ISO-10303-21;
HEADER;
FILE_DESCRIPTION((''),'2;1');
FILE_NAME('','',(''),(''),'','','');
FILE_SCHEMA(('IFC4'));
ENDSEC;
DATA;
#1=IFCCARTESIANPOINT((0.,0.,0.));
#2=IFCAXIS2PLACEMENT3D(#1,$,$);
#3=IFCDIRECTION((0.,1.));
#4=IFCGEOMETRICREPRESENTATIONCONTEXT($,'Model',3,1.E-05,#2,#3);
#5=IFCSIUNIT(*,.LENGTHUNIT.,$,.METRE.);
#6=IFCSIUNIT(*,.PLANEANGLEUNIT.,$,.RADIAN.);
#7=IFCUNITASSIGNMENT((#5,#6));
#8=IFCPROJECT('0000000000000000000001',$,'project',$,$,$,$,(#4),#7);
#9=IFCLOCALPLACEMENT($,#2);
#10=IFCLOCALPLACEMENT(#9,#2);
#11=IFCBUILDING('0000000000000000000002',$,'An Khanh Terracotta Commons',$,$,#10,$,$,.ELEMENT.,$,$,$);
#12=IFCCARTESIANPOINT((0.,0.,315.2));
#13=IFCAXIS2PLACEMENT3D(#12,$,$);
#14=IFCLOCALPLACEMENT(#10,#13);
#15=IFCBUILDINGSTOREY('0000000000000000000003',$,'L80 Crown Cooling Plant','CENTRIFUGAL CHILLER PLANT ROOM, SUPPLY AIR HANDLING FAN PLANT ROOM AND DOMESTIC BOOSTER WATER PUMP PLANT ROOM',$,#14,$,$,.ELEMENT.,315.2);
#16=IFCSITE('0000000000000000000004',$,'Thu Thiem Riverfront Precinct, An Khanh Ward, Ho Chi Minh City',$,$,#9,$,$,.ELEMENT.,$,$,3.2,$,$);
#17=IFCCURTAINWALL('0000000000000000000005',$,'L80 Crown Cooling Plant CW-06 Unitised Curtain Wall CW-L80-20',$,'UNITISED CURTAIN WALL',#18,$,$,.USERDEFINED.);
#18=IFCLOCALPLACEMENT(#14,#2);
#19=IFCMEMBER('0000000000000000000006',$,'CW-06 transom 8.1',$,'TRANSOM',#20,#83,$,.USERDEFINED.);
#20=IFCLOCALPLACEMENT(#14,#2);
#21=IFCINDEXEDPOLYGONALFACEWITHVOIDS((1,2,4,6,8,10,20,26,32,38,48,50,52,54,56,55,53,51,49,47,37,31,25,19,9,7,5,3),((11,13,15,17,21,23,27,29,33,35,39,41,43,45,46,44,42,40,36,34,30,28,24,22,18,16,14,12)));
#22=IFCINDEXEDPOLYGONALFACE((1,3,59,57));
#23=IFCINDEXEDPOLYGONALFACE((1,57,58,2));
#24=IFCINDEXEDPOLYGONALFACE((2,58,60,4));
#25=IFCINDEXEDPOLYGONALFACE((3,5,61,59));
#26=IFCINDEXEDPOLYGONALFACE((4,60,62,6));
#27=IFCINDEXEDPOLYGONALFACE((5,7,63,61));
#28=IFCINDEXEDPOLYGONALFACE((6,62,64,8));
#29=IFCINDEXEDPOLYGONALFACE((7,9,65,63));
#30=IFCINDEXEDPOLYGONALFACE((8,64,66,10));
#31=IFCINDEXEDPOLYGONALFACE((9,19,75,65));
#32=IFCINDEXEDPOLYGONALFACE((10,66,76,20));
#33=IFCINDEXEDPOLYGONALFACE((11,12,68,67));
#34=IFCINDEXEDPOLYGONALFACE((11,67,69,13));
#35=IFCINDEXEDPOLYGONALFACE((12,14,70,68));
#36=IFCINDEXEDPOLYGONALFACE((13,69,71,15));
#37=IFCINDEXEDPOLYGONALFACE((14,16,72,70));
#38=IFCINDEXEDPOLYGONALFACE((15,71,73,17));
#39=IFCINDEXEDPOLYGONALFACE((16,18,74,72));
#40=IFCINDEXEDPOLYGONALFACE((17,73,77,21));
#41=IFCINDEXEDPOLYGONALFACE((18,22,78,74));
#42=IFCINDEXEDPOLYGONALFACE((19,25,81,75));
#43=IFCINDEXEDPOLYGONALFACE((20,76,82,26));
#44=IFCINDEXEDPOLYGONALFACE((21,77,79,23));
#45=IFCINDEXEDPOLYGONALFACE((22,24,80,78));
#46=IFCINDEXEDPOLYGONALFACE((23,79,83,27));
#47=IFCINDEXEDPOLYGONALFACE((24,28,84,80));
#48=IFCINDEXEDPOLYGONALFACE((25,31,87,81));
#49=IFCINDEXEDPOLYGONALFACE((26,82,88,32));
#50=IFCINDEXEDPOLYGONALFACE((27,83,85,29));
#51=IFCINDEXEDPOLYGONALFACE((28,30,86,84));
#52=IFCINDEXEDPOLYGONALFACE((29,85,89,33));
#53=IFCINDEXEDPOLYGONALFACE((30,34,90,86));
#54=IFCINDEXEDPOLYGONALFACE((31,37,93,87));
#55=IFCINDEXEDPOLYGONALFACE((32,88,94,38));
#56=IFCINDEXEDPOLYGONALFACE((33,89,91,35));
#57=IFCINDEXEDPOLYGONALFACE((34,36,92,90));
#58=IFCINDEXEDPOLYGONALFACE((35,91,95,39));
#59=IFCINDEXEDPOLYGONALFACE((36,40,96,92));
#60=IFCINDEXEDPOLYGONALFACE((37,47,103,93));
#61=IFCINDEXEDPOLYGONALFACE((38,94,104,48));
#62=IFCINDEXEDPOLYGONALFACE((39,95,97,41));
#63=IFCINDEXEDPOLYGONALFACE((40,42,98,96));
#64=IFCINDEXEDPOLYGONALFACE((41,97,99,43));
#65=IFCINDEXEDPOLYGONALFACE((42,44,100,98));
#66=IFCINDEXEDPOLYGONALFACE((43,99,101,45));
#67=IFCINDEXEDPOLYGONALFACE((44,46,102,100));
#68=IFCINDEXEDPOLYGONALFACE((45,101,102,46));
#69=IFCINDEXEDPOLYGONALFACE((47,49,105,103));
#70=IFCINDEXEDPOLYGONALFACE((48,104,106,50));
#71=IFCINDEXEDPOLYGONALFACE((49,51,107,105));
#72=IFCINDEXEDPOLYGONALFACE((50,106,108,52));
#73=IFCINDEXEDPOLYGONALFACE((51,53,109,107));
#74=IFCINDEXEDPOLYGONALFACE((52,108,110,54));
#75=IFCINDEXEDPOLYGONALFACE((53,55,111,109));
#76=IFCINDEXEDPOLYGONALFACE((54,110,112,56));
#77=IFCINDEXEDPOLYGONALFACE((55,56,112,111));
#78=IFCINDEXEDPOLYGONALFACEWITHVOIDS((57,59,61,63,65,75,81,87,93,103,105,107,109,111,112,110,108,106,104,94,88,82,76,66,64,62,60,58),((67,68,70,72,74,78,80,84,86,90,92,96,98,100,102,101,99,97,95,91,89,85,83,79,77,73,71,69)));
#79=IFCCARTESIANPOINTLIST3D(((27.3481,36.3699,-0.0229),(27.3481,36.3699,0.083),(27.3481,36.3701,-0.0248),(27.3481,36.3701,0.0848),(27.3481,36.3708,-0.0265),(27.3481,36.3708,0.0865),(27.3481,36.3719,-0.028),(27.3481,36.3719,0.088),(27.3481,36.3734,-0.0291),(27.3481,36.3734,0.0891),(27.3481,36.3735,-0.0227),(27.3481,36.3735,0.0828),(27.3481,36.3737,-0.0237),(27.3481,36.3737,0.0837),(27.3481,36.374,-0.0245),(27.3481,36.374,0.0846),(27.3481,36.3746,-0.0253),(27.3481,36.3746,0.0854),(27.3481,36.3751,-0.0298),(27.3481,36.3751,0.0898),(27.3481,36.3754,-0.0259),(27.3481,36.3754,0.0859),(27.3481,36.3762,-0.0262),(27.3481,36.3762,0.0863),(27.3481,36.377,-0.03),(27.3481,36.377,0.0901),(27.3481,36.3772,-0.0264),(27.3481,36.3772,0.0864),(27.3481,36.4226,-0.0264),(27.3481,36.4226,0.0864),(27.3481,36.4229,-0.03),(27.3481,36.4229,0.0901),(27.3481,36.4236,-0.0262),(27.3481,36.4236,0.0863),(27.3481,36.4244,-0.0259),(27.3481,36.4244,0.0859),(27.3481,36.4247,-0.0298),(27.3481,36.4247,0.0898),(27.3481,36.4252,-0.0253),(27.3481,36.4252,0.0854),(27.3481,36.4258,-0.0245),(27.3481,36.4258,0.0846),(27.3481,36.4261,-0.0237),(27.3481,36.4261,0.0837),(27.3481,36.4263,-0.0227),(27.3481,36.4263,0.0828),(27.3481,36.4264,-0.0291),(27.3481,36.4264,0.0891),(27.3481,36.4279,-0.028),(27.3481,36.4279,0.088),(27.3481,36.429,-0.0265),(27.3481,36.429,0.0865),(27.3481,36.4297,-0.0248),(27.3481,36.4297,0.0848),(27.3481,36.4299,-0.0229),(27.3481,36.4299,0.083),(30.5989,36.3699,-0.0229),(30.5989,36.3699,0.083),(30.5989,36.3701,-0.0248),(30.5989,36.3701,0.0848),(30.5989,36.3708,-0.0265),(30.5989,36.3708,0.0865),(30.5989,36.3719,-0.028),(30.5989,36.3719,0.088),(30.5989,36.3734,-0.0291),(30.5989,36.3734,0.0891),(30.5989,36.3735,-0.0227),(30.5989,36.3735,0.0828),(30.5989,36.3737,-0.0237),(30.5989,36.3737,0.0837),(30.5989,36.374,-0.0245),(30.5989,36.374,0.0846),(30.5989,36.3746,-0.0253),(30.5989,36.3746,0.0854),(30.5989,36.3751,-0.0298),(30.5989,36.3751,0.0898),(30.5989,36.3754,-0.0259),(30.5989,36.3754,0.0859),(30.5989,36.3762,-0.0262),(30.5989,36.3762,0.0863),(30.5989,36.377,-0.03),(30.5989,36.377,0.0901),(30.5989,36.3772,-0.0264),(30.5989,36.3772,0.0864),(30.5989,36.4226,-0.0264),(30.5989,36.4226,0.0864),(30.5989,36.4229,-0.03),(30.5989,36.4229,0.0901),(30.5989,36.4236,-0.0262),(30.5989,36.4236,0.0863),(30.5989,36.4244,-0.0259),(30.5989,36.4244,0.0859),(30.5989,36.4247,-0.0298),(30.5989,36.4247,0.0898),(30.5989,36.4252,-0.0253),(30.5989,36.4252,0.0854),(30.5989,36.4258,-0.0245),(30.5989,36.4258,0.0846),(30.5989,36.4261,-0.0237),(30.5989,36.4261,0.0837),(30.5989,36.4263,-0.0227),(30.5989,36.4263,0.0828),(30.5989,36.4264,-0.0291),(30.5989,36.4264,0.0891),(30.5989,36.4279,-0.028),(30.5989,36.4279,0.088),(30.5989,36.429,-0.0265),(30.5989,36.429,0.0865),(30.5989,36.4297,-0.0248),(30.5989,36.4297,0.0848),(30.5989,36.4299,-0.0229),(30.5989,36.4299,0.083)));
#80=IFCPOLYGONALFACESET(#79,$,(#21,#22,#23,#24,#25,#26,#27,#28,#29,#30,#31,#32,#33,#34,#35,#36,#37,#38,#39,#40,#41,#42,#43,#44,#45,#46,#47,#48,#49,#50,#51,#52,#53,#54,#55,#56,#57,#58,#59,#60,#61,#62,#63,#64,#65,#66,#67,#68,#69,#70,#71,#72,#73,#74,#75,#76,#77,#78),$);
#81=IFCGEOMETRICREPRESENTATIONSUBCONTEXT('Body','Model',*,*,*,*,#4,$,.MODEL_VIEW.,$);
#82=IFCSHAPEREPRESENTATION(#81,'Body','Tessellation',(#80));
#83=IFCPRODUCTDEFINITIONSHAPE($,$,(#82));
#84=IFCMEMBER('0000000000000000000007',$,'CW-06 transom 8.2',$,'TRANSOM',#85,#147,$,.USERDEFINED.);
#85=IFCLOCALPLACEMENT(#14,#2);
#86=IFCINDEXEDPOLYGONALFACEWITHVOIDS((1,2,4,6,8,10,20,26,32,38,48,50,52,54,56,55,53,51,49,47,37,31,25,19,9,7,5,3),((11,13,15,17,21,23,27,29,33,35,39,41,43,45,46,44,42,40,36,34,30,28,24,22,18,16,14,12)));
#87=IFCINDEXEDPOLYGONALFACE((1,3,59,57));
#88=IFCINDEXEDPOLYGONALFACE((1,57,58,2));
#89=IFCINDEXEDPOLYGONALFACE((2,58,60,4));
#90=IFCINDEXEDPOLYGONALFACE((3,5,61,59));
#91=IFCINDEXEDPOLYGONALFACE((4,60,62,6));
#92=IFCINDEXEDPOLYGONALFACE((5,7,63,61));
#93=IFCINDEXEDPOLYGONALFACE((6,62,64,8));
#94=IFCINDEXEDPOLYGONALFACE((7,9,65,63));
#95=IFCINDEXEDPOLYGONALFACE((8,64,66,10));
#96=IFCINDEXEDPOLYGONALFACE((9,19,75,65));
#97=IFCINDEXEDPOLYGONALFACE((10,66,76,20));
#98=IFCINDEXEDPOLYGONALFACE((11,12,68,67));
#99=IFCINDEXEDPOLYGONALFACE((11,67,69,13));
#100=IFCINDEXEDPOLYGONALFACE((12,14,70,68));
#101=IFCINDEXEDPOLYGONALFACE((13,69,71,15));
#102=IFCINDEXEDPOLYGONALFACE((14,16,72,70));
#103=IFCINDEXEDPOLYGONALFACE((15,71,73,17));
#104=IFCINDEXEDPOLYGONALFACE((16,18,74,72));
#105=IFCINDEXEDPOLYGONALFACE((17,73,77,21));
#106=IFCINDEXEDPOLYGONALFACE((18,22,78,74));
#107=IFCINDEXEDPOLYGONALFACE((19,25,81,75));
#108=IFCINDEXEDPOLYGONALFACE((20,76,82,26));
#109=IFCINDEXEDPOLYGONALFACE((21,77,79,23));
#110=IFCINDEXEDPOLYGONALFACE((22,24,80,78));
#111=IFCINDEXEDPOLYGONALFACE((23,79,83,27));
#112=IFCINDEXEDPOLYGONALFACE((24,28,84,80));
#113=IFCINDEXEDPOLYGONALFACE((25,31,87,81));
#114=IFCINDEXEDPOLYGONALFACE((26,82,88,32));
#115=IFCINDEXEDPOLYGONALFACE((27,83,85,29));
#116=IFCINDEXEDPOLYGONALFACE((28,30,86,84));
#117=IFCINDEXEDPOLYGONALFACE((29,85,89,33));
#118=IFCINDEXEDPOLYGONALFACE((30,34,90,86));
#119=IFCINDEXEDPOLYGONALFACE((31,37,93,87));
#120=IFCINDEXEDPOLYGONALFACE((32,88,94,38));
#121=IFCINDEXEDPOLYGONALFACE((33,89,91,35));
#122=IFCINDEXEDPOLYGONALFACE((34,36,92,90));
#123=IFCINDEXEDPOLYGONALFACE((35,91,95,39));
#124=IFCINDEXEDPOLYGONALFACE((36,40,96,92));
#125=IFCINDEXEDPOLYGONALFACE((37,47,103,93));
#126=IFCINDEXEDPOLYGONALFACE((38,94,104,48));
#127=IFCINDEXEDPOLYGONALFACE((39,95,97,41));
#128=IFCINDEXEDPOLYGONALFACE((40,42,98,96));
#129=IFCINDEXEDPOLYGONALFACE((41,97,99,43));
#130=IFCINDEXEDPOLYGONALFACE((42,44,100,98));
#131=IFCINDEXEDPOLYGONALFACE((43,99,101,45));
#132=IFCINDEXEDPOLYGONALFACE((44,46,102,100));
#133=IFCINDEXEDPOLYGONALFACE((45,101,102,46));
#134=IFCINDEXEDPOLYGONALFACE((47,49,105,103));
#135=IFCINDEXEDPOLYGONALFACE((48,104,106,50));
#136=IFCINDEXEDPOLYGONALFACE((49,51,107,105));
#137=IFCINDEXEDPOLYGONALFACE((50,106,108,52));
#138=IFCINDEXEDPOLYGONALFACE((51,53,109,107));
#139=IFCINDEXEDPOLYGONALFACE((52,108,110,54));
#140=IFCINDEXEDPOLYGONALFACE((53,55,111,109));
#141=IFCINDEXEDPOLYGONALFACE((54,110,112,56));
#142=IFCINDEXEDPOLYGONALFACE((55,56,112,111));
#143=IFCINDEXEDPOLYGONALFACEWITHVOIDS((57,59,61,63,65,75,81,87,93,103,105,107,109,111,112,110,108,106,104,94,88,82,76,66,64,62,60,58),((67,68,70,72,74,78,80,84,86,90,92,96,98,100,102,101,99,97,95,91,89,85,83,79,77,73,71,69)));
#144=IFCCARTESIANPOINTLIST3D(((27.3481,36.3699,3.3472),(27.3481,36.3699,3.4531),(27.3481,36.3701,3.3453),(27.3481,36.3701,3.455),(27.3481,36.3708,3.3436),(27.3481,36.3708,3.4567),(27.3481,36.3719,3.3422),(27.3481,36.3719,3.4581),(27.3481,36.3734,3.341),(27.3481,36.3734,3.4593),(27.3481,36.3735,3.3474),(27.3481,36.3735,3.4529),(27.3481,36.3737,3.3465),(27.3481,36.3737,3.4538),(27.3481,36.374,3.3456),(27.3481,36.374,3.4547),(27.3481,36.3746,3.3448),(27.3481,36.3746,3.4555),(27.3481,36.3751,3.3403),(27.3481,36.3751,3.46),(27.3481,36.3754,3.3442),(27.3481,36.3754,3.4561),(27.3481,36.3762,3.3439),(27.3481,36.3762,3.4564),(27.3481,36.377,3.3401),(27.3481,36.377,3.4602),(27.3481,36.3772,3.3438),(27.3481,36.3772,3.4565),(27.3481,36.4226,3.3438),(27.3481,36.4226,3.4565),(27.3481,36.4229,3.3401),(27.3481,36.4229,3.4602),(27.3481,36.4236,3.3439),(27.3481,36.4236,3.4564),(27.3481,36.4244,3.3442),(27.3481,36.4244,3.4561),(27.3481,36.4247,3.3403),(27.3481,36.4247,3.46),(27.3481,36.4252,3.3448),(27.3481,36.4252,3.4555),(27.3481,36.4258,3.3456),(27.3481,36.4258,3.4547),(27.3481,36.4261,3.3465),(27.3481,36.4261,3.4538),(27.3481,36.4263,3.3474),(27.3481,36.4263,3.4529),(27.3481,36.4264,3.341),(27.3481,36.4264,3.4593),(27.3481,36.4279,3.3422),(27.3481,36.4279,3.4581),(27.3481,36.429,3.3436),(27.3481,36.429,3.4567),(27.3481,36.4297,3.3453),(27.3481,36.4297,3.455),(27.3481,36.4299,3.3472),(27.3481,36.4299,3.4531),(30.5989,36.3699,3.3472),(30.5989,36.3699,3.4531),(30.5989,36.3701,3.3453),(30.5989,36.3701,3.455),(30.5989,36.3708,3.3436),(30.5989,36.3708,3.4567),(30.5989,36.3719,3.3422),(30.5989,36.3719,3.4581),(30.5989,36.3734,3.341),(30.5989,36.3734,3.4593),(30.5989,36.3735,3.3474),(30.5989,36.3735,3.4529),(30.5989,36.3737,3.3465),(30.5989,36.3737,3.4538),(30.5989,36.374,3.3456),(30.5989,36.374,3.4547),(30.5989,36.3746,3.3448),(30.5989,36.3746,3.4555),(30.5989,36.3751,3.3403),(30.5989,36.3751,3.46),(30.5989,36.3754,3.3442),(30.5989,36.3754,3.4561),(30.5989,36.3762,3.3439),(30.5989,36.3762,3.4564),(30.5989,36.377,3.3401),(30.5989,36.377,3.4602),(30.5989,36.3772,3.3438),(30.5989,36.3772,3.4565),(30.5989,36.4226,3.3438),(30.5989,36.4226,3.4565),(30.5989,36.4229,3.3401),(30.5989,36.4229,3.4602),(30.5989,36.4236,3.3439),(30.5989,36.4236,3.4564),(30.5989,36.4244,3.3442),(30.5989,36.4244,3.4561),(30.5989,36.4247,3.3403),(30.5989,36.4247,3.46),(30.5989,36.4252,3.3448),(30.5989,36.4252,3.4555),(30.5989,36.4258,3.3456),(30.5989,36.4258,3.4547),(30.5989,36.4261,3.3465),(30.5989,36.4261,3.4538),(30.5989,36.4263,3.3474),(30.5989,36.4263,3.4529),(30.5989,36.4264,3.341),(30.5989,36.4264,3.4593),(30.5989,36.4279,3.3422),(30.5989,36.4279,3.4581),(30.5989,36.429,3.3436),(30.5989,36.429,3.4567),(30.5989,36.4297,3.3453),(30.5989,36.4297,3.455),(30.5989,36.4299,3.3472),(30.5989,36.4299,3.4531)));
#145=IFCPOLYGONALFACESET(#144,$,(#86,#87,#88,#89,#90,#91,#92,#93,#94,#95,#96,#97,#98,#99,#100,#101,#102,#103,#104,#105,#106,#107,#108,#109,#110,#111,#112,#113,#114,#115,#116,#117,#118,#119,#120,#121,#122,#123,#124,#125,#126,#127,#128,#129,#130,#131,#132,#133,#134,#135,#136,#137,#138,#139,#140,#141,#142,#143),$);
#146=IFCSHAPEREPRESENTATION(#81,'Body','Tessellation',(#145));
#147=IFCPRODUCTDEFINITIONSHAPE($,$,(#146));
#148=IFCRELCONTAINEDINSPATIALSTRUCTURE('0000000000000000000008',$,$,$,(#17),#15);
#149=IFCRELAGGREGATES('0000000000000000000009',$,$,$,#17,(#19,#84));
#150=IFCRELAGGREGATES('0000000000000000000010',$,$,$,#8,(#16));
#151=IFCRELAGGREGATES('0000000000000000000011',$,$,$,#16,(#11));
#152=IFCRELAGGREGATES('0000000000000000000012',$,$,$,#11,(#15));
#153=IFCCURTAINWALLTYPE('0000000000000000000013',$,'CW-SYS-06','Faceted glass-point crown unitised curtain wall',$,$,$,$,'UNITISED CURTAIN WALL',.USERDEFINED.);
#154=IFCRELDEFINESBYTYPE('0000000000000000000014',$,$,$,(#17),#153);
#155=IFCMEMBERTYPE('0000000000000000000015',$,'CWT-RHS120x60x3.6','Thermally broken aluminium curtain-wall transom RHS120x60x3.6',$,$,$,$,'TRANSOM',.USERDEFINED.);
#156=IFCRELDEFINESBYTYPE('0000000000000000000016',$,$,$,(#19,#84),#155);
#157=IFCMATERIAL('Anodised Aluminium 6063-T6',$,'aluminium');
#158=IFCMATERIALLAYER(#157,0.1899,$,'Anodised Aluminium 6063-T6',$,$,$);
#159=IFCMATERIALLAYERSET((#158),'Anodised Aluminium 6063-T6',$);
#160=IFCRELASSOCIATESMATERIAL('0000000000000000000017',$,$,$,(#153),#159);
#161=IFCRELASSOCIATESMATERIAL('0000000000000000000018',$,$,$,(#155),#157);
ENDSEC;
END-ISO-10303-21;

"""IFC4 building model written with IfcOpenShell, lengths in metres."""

from ifc_helpers import new_model, si_unit, direction, frame, origin, origin_2d, place, context, subcontext, project, spatial, hollow_rectangle, extrude, material, layer, layer_set, material_profile, profile_set, type_object, element, aggregate, save


model = new_model("IFC4")

# Units and contexts
model_context = context("Model", 3, precision=1e-05, world=origin(), true_north=direction((0.0, 1.0)))
body_context = subcontext(model_context, "Body", "Model", "MODEL_VIEW")
ifc_project = project(units=[si_unit("LENGTHUNIT", "METRE"), si_unit("PLANEANGLEUNIT", "RADIAN")], contexts=[model_context])

# Site, building, storey
site_placement = place(None, origin())
site = spatial("IfcSite", under=ifc_project, at=site_placement, Name="Thu Thiem Riverfront Precinct, An Khanh Ward, Ho Chi Minh City", CompositionType="ELEMENT", RefElevation=3.2)
building_placement = place(site_placement, origin())
building = spatial("IfcBuilding", under=site, at=building_placement, Name="An Khanh Terracotta Commons", CompositionType="ELEMENT")
storey_placement = place(building_placement, frame((0.0, 0.0, 315.2)))
storey = spatial("IfcBuildingStorey", under=building, at=storey_placement, Name="L80 Crown Cooling Plant", Description="CENTRIFUGAL CHILLER PLANT ROOM, SUPPLY AIR HANDLING FAN PLANT ROOM AND DOMESTIC BOOSTER WATER PUMP PLANT ROOM", CompositionType="ELEMENT", Elevation=315.2)

# Curtain wall, members
ifc_material_1 = material(Name="Anodised Aluminium 6063-T6", Category="aluminium")
ifc_layer_1 = layer(ifc_material_1, 0.1899, Name="Anodised Aluminium 6063-T6")
ifc_layer_set_1 = layer_set([ifc_layer_1], Name="Anodised Aluminium 6063-T6")
curtain_wall_type = type_object("IfcCurtainWallType", Name="CW-SYS-06", Description="Faceted glass-point crown unitised curtain wall", ElementType="UNITISED CURTAIN WALL", PredefinedType="USERDEFINED", material=ifc_layer_set_1)
curtain_wall_placement = place(storey_placement, origin())
curtain_wall = element("IfcCurtainWall", 1, at=curtain_wall_placement, inside=storey, type_object=curtain_wall_type, Name="L80 Crown Cooling Plant CW-06 Unitised Curtain Wall CW-L80-20", ObjectType="UNITISED CURTAIN WALL", PredefinedType="USERDEFINED")
ifc_material_profile_1 = material_profile(ifc_material_1, hollow_rectangle(XDim=0.0601, YDim=0.1201, WallThickness=0.0037, InnerFilletRadius=0.0037, OuterFilletRadius=0.0071, at=origin_2d()), Name="RHS120x60x3.6")
ifc_profile_set_1 = profile_set([ifc_material_profile_1], Name="Anodised Aluminium 6063-T6")
member_type_1 = type_object("IfcMemberType", Name="CWT-RHS120x60x3.6", Description="Thermally broken aluminium curtain-wall transom RHS120x60x3.6", ElementType="TRANSOM", PredefinedType="USERDEFINED", material=ifc_profile_set_1)
member_1_placement = place(storey_placement, frame((30.5989, 36.3999, 0.03), z_axis=(-1.0, 0.0, 0.0), x_axis=(0.0, -1.0, 0.0)))
member_1 = element("IfcMember", 2, at=member_1_placement, type_object=member_type_1, Name="CW-06 transom 8.1", ObjectType="TRANSOM", PredefinedType="USERDEFINED", context=body_context, shape_type="SweptSolid", body=[
    extrude(hollow_rectangle(XDim=0.0601, YDim=0.1201, WallThickness=0.0037, InnerFilletRadius=0.0037, OuterFilletRadius=0.0071, at=origin_2d()), origin(), (0.0, 0.0, 1.0), 3.2507),
])
member_2_placement = place(storey_placement, frame((30.5989, 36.3999, 3.4001), z_axis=(-1.0, 0.0, 0.0), x_axis=(0.0, -1.0, 0.0)))
member_2 = element("IfcMember", 3, at=member_2_placement, type_object=member_type_1, Name="CW-06 transom 8.2", ObjectType="TRANSOM", PredefinedType="USERDEFINED", context=body_context, shape_type="SweptSolid", body=[
    extrude(hollow_rectangle(XDim=0.0601, YDim=0.1201, WallThickness=0.0037, InnerFilletRadius=0.0037, OuterFilletRadius=0.0071, at=origin_2d()), origin(), (0.0, 0.0, 1.0), 3.2507),
])
aggregate(curtain_wall, [member_1, member_2])

save(model, "model.ifc")
